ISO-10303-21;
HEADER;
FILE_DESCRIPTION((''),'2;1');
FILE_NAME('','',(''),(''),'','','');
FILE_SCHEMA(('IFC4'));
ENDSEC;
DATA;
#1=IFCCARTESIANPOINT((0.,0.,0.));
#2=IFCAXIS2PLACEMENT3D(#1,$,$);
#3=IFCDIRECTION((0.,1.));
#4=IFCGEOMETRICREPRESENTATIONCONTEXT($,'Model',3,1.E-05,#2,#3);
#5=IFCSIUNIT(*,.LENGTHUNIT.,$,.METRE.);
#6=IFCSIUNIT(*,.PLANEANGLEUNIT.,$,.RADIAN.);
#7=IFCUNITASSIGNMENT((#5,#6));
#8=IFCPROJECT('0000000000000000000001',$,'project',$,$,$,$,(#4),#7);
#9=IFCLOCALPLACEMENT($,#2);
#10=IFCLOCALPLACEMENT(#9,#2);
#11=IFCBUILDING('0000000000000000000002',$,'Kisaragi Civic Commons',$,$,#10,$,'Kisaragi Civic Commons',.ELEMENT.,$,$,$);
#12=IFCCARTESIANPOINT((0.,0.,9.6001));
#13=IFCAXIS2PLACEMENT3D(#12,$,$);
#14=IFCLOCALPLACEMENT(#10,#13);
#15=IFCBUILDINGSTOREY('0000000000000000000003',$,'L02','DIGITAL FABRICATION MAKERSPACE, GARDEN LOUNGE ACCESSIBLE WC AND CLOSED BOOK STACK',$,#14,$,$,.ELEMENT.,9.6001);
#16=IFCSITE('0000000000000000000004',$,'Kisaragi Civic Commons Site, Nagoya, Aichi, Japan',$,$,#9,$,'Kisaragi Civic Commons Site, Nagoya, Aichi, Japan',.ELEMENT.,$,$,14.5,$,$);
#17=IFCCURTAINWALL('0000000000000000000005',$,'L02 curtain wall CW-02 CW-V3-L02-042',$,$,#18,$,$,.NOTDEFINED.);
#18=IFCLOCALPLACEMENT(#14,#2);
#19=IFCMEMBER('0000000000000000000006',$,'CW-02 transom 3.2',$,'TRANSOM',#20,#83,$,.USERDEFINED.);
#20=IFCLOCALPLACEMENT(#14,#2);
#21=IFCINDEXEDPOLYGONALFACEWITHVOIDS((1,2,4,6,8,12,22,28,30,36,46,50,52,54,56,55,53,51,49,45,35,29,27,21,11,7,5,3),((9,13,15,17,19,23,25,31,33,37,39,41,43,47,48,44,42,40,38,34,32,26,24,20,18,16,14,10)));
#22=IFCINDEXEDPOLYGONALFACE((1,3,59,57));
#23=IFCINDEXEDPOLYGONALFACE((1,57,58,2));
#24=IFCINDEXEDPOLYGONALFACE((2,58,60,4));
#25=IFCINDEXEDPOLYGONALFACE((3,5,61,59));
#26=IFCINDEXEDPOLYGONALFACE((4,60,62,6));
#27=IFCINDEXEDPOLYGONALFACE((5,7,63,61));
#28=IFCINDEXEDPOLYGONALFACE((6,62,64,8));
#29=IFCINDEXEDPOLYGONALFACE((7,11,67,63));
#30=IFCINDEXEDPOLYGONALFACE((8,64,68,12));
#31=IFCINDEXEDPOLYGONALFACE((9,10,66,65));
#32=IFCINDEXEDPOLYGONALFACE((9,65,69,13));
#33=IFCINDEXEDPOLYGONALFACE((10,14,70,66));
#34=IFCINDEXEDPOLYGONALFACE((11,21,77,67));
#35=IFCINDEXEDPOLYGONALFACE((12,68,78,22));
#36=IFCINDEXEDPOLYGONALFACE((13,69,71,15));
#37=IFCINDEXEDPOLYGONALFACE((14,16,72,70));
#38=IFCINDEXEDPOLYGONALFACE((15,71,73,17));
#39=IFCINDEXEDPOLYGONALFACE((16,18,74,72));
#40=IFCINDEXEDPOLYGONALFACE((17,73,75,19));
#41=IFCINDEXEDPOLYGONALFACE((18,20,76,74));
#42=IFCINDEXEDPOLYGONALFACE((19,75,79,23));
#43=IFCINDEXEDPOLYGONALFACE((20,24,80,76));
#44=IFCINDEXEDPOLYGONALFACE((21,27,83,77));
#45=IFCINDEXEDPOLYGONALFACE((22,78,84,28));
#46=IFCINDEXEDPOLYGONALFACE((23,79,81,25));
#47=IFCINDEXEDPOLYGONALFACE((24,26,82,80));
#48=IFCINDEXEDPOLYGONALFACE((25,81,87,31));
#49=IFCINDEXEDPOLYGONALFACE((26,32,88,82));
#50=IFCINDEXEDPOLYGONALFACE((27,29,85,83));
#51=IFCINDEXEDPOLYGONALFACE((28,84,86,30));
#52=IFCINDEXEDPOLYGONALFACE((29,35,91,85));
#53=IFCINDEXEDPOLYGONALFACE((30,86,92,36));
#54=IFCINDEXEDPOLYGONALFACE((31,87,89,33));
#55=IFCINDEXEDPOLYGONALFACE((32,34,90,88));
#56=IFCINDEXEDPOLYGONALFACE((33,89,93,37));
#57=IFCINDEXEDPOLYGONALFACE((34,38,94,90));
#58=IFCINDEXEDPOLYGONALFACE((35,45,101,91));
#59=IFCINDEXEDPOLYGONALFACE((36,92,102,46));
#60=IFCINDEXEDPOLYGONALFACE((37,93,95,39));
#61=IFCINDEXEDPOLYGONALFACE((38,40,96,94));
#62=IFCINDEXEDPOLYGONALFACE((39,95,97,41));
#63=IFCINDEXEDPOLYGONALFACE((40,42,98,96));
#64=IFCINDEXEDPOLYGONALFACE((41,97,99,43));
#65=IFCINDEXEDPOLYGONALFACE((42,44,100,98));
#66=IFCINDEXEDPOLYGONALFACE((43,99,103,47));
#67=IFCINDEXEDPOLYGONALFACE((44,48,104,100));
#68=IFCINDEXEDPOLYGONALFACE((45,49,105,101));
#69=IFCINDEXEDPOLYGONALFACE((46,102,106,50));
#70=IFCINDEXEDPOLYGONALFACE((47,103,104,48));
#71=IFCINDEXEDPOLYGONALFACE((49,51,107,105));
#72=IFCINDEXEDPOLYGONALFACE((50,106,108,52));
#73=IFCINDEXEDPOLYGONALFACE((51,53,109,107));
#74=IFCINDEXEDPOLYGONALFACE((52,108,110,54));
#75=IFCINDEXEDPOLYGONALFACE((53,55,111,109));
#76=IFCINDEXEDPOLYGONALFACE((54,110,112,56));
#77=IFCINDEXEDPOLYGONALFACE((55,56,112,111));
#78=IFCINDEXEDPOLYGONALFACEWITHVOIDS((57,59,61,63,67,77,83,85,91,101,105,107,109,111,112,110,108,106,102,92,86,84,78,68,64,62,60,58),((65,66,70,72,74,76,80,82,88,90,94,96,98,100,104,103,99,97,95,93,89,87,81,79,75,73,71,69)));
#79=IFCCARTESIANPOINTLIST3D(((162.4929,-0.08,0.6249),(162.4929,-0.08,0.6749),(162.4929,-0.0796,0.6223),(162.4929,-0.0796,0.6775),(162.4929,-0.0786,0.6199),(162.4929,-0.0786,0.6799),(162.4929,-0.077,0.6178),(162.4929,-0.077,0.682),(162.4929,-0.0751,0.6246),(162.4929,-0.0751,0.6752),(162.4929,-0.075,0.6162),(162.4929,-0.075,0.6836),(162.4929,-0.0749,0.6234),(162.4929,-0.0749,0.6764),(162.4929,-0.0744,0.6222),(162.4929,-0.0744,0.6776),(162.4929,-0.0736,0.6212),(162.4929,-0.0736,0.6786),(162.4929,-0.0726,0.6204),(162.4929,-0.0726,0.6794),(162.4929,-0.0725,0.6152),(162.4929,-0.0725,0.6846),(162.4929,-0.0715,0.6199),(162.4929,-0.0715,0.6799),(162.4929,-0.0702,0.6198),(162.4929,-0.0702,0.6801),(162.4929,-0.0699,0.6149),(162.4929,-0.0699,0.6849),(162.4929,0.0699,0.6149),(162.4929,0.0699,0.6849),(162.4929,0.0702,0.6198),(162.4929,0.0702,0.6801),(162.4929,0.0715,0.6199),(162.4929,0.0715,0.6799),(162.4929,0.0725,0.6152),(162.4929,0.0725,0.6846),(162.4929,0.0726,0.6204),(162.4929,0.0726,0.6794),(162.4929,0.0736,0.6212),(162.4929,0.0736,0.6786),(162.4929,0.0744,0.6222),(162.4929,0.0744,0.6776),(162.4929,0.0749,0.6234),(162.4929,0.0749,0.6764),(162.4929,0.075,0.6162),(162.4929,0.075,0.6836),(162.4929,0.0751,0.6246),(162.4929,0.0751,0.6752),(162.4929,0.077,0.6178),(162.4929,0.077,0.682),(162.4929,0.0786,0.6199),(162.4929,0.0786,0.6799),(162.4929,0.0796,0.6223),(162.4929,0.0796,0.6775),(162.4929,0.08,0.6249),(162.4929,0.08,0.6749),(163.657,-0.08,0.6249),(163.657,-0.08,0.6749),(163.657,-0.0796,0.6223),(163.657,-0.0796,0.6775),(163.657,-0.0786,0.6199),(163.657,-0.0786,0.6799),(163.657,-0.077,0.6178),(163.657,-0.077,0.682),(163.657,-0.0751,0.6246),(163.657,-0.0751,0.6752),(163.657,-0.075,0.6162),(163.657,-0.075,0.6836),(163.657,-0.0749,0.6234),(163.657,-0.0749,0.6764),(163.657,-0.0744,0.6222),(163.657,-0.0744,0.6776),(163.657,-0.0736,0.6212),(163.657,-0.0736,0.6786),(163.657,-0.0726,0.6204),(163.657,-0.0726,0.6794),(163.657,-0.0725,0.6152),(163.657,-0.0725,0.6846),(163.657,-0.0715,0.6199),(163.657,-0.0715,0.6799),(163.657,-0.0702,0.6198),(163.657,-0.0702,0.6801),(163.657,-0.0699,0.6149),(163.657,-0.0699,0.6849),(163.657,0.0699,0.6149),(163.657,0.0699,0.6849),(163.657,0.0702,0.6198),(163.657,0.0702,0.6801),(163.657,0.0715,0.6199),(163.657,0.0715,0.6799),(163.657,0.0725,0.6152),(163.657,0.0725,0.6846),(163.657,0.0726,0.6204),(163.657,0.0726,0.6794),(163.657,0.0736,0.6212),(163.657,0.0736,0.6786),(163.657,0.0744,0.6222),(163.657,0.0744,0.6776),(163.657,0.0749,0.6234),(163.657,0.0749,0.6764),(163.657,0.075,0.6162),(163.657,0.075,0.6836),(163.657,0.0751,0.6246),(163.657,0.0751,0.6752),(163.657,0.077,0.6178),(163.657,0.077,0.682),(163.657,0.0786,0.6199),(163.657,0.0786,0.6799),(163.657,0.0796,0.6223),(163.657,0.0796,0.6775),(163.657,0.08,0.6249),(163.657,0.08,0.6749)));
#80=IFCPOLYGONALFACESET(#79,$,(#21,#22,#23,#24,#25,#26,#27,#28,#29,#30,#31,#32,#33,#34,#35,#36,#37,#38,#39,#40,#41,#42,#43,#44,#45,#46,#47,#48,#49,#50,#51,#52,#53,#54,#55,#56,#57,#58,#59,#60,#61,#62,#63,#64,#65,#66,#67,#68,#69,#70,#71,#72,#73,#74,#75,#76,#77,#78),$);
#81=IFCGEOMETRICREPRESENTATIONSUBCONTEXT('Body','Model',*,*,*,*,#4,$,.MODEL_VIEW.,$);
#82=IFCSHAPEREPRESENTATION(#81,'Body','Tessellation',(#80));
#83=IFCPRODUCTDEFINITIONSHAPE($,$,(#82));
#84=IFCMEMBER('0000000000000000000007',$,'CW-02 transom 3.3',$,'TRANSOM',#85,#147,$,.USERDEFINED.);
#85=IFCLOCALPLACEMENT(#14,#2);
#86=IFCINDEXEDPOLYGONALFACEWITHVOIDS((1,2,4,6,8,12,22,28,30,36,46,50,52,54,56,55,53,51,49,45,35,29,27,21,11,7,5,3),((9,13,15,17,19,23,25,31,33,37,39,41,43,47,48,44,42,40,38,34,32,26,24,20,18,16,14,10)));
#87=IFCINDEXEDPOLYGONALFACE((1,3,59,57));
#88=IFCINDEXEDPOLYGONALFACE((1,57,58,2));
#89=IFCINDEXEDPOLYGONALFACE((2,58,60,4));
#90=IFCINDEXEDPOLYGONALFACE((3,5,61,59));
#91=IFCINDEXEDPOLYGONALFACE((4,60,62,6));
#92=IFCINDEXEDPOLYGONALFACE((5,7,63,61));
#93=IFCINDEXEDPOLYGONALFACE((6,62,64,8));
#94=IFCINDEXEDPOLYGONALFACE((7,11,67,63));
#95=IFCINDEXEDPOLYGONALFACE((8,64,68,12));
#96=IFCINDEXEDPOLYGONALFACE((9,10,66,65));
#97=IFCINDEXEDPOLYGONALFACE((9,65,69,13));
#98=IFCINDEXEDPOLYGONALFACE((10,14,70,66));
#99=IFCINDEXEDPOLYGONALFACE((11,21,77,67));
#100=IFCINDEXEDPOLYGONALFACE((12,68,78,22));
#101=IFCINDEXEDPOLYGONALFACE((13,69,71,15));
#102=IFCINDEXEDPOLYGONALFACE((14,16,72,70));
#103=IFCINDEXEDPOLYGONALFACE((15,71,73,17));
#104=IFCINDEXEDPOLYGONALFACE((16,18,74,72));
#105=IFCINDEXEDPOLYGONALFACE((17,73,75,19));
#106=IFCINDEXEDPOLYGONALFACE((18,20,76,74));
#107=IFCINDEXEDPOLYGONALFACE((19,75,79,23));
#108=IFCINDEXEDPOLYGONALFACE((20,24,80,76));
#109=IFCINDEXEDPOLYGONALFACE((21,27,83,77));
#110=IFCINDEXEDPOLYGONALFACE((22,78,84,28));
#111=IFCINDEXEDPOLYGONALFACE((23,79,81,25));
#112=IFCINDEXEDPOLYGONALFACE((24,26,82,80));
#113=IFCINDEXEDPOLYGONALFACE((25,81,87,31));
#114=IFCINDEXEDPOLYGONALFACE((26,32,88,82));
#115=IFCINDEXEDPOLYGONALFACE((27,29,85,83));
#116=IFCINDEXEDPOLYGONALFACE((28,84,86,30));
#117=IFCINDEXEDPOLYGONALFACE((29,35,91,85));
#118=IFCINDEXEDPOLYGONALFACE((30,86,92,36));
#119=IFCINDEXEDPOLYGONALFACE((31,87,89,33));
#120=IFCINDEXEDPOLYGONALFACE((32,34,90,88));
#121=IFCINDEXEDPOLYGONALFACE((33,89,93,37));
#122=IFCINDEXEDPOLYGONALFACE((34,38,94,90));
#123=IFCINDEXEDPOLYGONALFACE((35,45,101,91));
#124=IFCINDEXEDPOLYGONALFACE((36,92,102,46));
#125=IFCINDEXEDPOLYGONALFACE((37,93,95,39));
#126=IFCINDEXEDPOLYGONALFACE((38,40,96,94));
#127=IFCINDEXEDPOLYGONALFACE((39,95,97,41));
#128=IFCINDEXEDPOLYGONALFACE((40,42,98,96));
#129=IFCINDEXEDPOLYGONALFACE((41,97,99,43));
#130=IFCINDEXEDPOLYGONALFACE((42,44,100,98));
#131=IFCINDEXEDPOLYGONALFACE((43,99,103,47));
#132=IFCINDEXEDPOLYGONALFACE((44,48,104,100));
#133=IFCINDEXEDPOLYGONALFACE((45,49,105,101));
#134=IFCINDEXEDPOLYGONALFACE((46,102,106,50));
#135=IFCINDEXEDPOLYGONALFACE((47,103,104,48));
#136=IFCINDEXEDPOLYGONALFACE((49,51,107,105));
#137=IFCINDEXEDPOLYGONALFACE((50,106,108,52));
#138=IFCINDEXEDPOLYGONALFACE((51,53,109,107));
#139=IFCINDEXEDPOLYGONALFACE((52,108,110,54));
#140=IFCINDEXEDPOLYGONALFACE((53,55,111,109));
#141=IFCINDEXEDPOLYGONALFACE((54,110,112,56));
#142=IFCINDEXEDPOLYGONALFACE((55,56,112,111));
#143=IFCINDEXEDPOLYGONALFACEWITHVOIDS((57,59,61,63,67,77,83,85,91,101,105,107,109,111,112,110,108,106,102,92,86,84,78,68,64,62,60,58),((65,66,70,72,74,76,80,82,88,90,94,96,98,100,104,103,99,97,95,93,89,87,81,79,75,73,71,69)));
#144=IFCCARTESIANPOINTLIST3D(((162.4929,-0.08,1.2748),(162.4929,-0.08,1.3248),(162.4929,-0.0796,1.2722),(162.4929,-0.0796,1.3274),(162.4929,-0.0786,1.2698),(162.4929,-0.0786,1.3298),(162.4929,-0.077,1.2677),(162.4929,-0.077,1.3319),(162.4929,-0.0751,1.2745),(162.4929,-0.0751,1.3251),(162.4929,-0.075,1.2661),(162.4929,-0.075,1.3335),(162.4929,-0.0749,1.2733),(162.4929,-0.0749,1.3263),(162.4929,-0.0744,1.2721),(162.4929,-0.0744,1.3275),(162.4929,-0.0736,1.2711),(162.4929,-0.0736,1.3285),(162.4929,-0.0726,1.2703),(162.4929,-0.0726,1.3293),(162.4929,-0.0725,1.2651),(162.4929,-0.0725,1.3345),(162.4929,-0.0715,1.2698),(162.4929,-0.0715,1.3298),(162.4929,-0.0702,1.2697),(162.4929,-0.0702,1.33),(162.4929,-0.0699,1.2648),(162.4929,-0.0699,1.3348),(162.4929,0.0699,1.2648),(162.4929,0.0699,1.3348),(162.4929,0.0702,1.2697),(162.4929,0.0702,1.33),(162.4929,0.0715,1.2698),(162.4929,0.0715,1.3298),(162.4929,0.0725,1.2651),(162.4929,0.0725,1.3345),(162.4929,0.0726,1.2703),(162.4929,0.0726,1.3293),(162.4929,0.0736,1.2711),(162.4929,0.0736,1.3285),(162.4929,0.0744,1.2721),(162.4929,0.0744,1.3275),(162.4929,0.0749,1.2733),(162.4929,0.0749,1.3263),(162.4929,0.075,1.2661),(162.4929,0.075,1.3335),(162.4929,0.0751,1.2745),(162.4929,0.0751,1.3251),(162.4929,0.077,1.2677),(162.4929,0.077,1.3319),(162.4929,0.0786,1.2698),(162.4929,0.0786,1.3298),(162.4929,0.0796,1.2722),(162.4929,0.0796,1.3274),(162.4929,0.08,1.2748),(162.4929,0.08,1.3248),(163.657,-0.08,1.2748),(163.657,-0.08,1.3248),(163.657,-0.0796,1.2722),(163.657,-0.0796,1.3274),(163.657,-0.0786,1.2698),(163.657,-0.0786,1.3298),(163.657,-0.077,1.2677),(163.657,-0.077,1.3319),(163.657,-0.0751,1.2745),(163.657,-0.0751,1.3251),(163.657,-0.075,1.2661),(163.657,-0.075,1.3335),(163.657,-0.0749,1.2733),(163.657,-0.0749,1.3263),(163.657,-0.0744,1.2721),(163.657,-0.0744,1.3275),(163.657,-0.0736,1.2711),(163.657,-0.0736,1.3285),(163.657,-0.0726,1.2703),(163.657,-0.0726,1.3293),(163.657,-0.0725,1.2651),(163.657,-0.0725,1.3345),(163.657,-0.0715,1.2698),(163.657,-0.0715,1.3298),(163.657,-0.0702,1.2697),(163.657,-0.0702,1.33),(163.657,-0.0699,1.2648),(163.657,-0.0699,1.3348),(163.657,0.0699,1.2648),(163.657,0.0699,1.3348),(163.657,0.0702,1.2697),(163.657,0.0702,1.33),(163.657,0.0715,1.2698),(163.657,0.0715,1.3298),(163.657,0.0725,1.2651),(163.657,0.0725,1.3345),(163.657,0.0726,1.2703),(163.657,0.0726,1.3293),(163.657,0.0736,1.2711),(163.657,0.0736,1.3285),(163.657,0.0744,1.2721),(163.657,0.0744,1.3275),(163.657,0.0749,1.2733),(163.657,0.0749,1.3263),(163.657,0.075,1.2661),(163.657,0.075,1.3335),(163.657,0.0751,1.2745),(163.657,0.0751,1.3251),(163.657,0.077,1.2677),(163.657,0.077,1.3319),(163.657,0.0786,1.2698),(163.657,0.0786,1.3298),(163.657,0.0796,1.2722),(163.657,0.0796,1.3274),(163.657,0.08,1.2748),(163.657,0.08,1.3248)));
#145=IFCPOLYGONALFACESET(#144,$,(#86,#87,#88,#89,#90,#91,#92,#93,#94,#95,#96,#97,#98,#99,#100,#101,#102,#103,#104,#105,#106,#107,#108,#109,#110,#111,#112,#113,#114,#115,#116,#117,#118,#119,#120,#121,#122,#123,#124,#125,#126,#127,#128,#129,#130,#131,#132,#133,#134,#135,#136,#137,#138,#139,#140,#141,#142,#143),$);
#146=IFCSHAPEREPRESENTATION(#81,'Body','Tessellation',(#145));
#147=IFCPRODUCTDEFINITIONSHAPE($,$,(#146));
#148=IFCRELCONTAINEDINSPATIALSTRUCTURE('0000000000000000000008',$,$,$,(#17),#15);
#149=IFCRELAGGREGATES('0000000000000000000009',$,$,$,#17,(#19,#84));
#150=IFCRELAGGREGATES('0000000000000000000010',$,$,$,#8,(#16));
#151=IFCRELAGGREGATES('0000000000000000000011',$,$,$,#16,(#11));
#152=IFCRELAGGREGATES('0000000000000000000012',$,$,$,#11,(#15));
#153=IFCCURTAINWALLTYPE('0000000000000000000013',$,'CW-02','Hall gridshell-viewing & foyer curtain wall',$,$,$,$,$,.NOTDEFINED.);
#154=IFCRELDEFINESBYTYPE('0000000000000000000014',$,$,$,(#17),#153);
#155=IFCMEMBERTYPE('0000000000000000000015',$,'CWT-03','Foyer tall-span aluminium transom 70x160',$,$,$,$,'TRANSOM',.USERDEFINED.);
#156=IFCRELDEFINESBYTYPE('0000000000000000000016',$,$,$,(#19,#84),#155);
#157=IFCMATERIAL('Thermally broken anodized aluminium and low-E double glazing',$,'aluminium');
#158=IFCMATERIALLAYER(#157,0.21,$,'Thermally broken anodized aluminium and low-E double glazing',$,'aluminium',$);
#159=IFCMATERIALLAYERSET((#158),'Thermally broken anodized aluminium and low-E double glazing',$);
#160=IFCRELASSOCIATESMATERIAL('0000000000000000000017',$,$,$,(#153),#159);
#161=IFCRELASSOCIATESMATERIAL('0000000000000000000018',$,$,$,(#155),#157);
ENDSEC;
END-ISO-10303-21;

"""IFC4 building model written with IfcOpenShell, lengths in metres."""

from ifc_helpers import new_model, si_unit, direction, frame, origin, origin_2d, place, context, subcontext, project, spatial, hollow_rectangle, extrude, material, layer, layer_set, material_profile, profile_set, type_object, element, aggregate, save


model = new_model("IFC4")

# Units and contexts
model_context = context("Model", 3, precision=1e-05, world=origin(), true_north=direction((0.0, 1.0)))
body_context = subcontext(model_context, "Body", "Model", "MODEL_VIEW")
ifc_project = project(units=[si_unit("LENGTHUNIT", "METRE"), si_unit("PLANEANGLEUNIT", "RADIAN")], contexts=[model_context])

# Site, building, storey
site_placement = place(None, origin())
site = spatial("IfcSite", under=ifc_project, at=site_placement, Name="Kisaragi Civic Commons Site, Nagoya, Aichi, Japan", LongName="Kisaragi Civic Commons Site, Nagoya, Aichi, Japan", CompositionType="ELEMENT", RefElevation=14.5)
building_placement = place(site_placement, origin())
building = spatial("IfcBuilding", under=site, at=building_placement, Name="Kisaragi Civic Commons", LongName="Kisaragi Civic Commons", CompositionType="ELEMENT")
storey_placement = place(building_placement, frame((0.0, 0.0, 9.6001)))
storey = spatial("IfcBuildingStorey", under=building, at=storey_placement, Name="L02", Description="DIGITAL FABRICATION MAKERSPACE, GARDEN LOUNGE ACCESSIBLE WC AND CLOSED BOOK STACK", CompositionType="ELEMENT", Elevation=9.6001)

# Shared definitions
ifc_material_1 = material(Name="Thermally broken anodized aluminium and low-E double glazing", Category="aluminium")
ifc_layer_1 = layer(ifc_material_1, 0.21, Name="Thermally broken anodized aluminium and low-E double glazing", Category="aluminium")
ifc_layer_set_1 = layer_set([ifc_layer_1], Name="Thermally broken anodized aluminium and low-E double glazing")
curtain_wall_type = type_object("IfcCurtainWallType", Name="CW-02", Description="Hall gridshell-viewing & foyer curtain wall", PredefinedType="NOTDEFINED", material=ifc_layer_set_1)

# Curtain wall
curtain_wall_1_placement = place(storey_placement, origin())
curtain_wall_1 = element("IfcCurtainWall", 1, at=curtain_wall_1_placement, inside=storey, type_object=curtain_wall_type, Name="L02 curtain wall CW-02 CW-V3-L02-042", PredefinedType="NOTDEFINED")

# Members
ifc_material_profile_1 = material_profile(ifc_material_1, hollow_rectangle(XDim=0.1599, YDim=0.0701, WallThickness=0.0049, InnerFilletRadius=0.0049, OuterFilletRadius=0.01, at=origin_2d()), Name="CWT-70x160x5", Category="aluminium")
ifc_profile_set_1 = profile_set([ifc_material_profile_1], Name="Thermally broken anodized aluminium and low-E double glazing")
member_type_1 = type_object("IfcMemberType", Name="CWT-03", Description="Foyer tall-span aluminium transom 70x160", ElementType="TRANSOM", PredefinedType="USERDEFINED", material=ifc_profile_set_1)
member_1_placement = place(storey_placement, frame((163.657, 0.0, 0.6499), z_axis=(-1.0, 0.0, 0.0), x_axis=(0.0, -1.0, 0.0)))
member_1 = element("IfcMember", 2, at=member_1_placement, type_object=member_type_1, Name="CW-02 transom 3.2", ObjectType="TRANSOM", PredefinedType="USERDEFINED", context=body_context, shape_type="SweptSolid", body=[
    extrude(hollow_rectangle(XDim=0.1599, YDim=0.0701, WallThickness=0.0049, InnerFilletRadius=0.0049, OuterFilletRadius=0.01, at=origin_2d()), origin(), (0.0, 0.0, 1.0), 1.1641),
])
member_2_placement = place(storey_placement, frame((163.657, 0.0, 1.2998), z_axis=(-1.0, 0.0, 0.0), x_axis=(0.0, -1.0, 0.0)))
member_2 = element("IfcMember", 3, at=member_2_placement, type_object=member_type_1, Name="CW-02 transom 3.3", ObjectType="TRANSOM", PredefinedType="USERDEFINED", context=body_context, shape_type="SweptSolid", body=[
    extrude(hollow_rectangle(XDim=0.1599, YDim=0.0701, WallThickness=0.0049, InnerFilletRadius=0.0049, OuterFilletRadius=0.01, at=origin_2d()), origin(), (0.0, 0.0, 1.0), 1.1641),
])

aggregate(curtain_wall_1, [member_1, member_2])

save(model, "model.ifc")
